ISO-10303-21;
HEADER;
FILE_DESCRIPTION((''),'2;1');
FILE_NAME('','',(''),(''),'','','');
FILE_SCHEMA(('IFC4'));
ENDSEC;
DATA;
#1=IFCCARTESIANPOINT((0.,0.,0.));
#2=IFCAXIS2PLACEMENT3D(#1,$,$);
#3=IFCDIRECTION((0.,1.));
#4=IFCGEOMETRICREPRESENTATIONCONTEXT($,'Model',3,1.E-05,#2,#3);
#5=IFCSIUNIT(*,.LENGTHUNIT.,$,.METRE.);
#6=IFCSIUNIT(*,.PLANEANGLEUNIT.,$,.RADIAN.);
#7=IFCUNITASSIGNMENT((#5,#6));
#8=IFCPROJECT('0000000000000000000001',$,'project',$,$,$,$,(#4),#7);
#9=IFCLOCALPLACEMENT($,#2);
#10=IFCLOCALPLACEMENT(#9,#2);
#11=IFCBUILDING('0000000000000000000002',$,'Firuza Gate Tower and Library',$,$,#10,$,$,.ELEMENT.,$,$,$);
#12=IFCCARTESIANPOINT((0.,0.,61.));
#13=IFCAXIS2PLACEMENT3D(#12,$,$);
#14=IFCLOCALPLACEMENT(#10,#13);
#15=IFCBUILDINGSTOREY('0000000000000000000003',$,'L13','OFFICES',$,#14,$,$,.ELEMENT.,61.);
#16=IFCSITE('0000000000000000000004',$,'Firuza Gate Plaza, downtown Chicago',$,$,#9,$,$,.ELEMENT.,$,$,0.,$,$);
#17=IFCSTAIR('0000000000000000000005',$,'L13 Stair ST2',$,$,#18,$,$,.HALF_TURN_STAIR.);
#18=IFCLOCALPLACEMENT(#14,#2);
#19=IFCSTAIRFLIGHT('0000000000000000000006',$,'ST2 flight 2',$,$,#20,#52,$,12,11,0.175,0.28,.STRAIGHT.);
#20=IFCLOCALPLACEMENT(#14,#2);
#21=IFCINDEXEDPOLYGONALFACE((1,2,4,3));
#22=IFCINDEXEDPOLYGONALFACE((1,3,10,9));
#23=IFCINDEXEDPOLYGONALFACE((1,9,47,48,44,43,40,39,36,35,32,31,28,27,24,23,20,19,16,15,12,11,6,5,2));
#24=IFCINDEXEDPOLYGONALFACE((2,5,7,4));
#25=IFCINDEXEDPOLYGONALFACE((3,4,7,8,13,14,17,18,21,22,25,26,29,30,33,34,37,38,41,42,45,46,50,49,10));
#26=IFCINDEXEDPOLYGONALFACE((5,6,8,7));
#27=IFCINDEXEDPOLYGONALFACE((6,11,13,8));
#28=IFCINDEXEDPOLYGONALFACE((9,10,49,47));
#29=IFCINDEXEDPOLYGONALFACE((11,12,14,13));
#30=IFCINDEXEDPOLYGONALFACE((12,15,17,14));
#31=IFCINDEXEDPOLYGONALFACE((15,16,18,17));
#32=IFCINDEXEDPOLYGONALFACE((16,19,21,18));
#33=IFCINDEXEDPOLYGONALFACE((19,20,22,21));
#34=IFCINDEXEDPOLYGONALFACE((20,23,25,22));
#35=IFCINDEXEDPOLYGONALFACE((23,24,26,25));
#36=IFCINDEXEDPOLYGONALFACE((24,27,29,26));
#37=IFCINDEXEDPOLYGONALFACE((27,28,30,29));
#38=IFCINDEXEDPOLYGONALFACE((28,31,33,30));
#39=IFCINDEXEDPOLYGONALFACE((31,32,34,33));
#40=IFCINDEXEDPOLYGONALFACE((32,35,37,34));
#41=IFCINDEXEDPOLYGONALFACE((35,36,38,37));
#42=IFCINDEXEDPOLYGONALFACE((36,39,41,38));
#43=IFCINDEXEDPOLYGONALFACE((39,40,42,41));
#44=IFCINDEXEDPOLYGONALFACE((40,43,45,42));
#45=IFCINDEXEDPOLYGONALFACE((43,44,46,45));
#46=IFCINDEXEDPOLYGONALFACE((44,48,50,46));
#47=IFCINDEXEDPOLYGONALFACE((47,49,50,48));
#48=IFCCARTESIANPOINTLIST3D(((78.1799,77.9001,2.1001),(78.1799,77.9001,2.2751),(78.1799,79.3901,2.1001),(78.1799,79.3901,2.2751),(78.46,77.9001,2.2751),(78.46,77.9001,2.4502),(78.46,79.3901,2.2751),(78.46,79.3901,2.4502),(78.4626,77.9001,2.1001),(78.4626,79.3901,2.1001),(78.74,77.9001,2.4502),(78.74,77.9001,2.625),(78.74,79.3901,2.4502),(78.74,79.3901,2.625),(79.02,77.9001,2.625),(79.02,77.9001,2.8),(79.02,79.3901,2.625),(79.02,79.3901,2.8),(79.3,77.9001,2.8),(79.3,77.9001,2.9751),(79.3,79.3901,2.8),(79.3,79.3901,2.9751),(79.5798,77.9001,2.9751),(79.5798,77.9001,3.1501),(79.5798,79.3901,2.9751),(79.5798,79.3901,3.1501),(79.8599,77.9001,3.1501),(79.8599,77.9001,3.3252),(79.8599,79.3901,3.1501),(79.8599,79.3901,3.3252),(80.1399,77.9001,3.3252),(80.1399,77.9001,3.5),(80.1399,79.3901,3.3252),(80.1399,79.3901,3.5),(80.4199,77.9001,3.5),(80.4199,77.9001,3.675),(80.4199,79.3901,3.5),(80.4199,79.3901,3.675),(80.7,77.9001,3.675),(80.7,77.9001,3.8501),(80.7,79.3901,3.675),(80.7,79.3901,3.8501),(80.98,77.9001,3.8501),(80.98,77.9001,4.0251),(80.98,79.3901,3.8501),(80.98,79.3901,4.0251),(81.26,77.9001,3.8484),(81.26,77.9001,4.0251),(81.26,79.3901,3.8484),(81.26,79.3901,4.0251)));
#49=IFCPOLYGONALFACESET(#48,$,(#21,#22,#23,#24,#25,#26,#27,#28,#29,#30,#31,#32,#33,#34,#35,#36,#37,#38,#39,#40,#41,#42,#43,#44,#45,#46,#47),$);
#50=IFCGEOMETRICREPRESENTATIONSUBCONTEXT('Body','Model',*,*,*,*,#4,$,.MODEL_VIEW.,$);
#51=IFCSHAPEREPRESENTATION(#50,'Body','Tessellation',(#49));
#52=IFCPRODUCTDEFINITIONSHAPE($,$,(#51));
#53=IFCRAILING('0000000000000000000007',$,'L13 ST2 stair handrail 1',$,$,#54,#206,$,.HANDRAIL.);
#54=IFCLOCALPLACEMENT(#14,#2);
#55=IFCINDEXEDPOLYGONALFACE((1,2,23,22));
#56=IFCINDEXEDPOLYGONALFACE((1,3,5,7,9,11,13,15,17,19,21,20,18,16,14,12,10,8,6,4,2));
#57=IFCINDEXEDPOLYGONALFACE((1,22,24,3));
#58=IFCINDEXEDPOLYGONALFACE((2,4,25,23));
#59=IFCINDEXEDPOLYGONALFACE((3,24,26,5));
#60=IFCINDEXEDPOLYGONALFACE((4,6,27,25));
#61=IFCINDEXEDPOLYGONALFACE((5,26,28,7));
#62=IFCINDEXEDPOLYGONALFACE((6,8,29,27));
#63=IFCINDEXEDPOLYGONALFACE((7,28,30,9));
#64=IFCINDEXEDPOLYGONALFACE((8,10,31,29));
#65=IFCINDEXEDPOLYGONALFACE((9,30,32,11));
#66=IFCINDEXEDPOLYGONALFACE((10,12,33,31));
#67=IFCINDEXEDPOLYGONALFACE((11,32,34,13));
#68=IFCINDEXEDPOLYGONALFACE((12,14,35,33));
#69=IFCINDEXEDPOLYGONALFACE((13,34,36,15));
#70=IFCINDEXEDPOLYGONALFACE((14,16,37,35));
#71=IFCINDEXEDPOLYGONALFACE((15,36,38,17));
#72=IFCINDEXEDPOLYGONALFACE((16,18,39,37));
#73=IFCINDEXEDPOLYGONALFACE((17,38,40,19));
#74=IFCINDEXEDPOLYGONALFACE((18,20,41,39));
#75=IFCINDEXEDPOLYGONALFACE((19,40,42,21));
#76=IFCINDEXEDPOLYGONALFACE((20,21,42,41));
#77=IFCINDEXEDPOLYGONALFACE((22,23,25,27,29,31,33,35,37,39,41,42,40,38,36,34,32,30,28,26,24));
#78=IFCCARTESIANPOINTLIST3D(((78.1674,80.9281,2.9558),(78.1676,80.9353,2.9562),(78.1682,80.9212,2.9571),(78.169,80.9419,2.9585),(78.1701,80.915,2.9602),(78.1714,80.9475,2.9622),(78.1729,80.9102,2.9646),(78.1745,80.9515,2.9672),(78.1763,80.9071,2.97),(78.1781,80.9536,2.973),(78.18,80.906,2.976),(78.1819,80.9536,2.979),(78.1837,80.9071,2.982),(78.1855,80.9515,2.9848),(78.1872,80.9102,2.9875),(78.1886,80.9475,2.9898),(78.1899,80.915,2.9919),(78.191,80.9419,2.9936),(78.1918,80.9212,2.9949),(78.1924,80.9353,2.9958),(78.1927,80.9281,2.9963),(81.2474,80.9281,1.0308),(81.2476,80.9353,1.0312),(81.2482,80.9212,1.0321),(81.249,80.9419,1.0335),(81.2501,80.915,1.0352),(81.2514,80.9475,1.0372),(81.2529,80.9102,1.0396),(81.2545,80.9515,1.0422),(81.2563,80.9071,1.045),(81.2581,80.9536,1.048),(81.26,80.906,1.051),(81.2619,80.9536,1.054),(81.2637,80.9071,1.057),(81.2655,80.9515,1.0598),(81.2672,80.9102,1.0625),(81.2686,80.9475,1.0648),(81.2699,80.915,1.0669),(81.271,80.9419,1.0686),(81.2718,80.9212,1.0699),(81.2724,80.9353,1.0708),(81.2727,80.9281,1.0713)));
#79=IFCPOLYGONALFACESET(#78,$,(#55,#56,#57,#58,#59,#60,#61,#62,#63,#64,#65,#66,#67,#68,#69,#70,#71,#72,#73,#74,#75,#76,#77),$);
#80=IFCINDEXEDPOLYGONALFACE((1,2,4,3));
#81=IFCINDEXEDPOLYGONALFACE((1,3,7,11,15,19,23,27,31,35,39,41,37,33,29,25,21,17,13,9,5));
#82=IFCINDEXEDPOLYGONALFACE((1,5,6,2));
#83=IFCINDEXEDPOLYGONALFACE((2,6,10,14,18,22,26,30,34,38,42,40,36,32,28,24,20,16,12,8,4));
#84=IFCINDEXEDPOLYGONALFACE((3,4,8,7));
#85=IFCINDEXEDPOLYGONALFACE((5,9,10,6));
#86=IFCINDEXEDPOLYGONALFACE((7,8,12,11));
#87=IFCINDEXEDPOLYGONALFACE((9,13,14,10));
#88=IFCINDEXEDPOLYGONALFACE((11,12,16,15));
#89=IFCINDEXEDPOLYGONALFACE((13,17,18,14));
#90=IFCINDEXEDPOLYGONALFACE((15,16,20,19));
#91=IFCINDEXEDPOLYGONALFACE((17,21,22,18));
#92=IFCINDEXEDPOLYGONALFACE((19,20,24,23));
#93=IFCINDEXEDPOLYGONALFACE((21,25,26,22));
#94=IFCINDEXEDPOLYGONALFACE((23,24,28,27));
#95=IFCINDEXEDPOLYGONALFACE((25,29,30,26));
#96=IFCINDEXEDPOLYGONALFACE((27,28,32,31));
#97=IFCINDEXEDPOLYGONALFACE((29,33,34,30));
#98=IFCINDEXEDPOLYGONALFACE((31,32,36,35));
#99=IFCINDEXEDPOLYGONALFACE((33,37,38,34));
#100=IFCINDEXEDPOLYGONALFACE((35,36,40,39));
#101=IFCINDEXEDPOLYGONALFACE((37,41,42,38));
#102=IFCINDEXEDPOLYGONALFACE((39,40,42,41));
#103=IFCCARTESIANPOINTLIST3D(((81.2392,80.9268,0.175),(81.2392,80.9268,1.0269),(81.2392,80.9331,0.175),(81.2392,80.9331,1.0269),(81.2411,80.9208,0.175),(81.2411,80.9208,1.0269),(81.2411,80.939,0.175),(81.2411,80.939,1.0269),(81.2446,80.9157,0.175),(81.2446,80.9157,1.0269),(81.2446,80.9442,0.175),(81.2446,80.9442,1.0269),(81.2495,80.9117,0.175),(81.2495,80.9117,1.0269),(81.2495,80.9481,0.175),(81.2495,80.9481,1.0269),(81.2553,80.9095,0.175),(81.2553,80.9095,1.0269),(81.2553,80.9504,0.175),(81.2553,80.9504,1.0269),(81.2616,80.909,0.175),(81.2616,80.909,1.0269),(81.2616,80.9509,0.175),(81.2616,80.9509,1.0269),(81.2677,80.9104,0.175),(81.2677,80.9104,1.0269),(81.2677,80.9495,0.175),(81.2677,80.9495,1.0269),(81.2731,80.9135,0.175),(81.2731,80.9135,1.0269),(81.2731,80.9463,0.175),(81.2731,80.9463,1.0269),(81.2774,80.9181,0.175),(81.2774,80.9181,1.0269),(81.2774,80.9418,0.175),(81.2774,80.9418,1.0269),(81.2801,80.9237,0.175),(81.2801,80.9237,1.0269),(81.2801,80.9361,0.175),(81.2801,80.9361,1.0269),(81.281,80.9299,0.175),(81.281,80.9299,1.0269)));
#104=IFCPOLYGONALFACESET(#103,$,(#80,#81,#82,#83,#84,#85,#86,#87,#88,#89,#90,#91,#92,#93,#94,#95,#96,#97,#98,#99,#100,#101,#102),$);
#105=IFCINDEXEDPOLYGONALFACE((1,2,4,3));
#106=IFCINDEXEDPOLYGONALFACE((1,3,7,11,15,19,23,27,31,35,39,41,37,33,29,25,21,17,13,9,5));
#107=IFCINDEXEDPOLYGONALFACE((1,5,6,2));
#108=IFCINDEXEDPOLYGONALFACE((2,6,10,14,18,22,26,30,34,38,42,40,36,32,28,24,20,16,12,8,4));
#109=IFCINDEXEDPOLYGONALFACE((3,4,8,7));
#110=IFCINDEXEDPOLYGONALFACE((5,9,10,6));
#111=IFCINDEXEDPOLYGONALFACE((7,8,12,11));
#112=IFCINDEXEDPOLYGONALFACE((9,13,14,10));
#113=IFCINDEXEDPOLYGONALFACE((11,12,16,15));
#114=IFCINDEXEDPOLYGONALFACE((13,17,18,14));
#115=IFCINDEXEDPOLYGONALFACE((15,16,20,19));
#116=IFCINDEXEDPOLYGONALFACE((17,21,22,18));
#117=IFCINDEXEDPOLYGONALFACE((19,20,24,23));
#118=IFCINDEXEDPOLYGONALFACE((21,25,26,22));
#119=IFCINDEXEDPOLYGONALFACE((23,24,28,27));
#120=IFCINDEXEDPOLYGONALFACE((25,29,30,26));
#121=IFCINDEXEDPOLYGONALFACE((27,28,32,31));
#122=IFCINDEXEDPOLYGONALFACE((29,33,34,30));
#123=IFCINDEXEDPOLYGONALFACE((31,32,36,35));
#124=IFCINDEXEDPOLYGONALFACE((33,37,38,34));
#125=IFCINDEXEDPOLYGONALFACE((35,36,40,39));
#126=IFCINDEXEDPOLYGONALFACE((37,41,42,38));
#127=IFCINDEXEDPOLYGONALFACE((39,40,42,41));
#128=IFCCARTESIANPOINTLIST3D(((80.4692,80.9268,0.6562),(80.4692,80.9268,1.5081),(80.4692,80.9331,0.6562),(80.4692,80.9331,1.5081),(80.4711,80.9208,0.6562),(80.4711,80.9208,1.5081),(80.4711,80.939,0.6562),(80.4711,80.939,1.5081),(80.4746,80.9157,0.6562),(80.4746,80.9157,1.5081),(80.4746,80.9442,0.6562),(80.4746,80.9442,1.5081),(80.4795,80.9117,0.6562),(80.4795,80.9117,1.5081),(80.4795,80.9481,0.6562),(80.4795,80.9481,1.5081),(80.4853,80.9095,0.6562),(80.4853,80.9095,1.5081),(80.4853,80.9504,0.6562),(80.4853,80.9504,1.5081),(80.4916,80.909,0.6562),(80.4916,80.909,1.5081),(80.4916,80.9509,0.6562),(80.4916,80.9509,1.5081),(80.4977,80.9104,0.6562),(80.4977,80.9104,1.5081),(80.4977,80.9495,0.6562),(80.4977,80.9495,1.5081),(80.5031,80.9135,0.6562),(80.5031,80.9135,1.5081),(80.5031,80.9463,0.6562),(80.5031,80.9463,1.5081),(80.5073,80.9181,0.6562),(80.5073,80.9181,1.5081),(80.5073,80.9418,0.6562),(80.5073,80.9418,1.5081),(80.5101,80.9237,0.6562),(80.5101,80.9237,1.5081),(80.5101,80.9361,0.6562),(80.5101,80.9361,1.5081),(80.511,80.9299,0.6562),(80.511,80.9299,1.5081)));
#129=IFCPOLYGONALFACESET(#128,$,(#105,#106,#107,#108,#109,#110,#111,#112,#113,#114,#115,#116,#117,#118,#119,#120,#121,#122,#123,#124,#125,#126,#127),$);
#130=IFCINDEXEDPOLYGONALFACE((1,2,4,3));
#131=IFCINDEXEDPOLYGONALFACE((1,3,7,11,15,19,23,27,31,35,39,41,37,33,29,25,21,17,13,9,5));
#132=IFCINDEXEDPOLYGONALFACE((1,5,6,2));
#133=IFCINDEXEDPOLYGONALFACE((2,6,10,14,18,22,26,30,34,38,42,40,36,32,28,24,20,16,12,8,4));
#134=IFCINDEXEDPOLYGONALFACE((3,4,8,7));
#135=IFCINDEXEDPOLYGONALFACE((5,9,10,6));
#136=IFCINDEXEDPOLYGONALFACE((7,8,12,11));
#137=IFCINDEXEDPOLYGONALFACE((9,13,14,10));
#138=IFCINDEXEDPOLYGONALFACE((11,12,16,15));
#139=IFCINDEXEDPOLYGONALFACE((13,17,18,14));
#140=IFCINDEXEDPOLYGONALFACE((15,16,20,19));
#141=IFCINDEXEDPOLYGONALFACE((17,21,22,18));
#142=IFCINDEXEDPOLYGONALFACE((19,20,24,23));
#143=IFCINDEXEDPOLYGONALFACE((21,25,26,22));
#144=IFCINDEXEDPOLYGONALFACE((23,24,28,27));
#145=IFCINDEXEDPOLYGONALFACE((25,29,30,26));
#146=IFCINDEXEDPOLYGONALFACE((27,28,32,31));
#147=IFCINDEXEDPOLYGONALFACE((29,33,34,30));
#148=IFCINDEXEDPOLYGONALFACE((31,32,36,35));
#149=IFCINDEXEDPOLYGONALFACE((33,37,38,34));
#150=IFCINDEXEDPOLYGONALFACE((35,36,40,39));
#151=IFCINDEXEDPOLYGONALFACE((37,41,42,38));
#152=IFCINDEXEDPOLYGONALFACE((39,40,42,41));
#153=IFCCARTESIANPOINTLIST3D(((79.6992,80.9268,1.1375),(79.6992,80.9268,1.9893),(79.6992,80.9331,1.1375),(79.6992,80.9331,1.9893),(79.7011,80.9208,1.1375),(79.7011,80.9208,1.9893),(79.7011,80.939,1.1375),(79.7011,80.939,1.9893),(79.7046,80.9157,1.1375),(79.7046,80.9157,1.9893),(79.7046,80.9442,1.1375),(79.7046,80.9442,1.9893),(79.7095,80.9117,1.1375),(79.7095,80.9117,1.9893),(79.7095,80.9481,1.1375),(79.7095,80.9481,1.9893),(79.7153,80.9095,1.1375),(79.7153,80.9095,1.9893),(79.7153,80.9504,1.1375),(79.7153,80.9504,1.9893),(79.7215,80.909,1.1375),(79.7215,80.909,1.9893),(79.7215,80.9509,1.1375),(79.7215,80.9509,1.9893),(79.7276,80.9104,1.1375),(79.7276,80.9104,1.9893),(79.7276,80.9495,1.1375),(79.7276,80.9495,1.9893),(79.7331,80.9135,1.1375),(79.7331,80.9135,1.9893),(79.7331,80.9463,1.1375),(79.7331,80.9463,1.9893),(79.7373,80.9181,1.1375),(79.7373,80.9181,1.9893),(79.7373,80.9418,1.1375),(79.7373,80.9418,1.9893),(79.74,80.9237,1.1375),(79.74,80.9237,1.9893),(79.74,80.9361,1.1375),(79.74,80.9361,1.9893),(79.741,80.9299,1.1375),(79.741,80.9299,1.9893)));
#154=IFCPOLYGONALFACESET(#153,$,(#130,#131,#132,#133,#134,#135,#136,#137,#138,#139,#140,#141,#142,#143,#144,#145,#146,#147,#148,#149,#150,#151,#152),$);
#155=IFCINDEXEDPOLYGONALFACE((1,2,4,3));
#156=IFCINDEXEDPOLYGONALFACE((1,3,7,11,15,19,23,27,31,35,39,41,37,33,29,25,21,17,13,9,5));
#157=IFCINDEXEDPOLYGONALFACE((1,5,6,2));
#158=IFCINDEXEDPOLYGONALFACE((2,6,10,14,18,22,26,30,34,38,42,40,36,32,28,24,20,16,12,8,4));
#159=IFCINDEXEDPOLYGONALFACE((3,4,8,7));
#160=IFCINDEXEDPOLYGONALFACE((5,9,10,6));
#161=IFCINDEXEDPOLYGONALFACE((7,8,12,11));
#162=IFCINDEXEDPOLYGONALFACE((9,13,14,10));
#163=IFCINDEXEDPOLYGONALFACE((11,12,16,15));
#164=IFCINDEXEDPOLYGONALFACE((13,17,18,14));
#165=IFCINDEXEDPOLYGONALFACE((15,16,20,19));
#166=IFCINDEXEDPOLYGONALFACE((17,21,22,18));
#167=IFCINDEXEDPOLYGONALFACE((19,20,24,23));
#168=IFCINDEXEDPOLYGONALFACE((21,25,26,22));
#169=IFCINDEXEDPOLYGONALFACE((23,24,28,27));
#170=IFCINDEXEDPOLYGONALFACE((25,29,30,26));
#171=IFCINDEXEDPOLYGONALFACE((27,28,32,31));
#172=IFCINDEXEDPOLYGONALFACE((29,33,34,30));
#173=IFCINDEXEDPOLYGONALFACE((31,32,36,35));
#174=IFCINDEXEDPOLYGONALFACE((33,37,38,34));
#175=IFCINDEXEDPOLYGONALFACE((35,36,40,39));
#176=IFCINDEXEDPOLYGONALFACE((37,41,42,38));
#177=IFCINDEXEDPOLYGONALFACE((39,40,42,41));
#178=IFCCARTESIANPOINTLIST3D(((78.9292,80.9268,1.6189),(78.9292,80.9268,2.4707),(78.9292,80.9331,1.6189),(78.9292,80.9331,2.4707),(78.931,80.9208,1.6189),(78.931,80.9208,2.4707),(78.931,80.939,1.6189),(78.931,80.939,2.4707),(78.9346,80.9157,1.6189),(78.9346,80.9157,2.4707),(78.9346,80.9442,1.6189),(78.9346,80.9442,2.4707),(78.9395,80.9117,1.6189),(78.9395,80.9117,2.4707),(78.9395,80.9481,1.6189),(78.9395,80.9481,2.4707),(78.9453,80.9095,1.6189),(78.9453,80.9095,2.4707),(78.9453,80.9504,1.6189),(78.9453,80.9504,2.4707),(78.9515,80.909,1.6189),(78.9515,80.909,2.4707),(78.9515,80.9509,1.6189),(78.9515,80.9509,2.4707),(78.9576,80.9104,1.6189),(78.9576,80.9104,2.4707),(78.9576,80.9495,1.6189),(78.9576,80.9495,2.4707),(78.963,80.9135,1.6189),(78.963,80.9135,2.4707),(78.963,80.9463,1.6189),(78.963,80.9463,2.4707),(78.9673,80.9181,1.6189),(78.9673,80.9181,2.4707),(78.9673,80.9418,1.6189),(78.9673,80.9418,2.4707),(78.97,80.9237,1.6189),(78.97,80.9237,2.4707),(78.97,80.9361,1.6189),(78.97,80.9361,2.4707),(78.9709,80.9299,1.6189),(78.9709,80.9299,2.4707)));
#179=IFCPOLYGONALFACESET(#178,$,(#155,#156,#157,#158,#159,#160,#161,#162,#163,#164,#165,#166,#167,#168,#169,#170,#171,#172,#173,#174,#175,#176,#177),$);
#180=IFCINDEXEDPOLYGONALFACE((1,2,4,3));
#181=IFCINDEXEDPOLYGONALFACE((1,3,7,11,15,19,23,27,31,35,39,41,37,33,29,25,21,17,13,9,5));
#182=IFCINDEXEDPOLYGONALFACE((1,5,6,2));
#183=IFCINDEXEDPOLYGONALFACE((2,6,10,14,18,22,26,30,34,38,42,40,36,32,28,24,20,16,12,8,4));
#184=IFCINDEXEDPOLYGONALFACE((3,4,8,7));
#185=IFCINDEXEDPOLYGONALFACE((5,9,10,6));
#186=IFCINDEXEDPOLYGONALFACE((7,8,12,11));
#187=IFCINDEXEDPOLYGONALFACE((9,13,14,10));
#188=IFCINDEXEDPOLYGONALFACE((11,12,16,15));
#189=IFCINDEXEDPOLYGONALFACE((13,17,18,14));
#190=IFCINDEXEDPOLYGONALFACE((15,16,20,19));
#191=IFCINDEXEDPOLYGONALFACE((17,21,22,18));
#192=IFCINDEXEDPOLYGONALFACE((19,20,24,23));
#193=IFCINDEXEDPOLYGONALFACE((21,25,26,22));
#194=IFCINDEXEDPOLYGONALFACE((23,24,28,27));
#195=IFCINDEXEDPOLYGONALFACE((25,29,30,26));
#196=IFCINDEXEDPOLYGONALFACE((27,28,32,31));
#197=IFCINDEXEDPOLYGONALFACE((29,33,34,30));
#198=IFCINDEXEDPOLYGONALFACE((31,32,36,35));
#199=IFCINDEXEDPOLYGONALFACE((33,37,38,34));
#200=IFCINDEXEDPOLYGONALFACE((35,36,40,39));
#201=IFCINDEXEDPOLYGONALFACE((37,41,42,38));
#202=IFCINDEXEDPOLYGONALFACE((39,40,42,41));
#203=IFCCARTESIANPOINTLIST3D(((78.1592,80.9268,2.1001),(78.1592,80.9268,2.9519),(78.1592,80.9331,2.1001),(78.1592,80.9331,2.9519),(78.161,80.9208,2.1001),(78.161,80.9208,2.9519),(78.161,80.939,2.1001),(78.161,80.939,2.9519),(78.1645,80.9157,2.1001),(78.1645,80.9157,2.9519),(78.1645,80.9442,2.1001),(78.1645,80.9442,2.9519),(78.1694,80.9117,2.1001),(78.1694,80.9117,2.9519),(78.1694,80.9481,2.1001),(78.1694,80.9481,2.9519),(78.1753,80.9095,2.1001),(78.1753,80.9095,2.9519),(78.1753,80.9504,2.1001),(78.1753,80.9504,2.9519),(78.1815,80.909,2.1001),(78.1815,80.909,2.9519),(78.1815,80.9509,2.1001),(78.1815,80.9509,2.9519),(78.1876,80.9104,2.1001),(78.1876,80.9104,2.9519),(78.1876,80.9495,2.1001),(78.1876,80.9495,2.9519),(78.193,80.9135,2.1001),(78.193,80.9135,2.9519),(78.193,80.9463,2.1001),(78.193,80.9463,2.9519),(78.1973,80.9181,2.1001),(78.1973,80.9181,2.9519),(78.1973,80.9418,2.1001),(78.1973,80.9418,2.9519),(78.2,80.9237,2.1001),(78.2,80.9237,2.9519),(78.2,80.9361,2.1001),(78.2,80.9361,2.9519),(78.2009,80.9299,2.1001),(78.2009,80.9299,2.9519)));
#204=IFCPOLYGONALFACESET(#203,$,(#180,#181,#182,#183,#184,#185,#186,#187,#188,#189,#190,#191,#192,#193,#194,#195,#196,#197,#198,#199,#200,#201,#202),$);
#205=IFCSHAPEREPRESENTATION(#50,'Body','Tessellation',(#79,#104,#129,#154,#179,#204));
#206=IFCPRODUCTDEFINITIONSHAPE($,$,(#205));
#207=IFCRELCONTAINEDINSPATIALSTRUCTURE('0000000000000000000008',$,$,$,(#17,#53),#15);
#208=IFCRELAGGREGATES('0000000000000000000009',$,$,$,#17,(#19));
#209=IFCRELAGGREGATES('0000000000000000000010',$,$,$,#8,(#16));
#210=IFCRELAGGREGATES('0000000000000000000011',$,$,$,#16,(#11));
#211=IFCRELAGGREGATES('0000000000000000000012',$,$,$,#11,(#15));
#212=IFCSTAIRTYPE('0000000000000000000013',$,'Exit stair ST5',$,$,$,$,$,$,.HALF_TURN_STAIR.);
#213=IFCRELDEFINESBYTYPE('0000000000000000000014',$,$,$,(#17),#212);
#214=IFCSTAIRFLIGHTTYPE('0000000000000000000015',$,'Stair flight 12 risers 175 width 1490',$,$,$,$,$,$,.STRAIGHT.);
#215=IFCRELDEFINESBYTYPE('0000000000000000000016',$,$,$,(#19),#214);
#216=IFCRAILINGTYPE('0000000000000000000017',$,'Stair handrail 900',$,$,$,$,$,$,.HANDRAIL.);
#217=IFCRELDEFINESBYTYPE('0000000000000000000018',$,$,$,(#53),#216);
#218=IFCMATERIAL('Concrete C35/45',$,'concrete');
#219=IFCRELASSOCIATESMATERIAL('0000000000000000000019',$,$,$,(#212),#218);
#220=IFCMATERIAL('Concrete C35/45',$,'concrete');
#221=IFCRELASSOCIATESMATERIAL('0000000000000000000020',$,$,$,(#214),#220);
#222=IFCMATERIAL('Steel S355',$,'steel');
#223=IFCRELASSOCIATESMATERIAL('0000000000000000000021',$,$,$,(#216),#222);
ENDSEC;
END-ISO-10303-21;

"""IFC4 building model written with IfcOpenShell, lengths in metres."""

from ifc_helpers import new_model, si_unit, direction, frame, origin, origin_2d, place, context, subcontext, project, spatial, polyline, circle, outline, extrude, material, type_object, element, aggregate, save


model = new_model("IFC4")

# Units and contexts
model_context = context("Model", 3, precision=1e-05, world=origin(), true_north=direction((0.0, 1.0)))
body_context = subcontext(model_context, "Body", "Model", "MODEL_VIEW")
ifc_project = project(units=[si_unit("LENGTHUNIT", "METRE"), si_unit("PLANEANGLEUNIT", "RADIAN")], contexts=[model_context])

# Site, building, storey
site_placement = place(None, origin())
site = spatial("IfcSite", under=ifc_project, at=site_placement, Name="Firuza Gate Plaza, downtown Chicago", CompositionType="ELEMENT", RefElevation=0.0)
building_placement = place(site_placement, origin())
building = spatial("IfcBuilding", under=site, at=building_placement, Name="Firuza Gate Tower and Library", CompositionType="ELEMENT")
storey_placement = place(building_placement, frame((0.0, 0.0, 61.0)))
storey = spatial("IfcBuildingStorey", under=building, at=storey_placement, Name="L13", Description="OFFICES", CompositionType="ELEMENT", Elevation=61.0)

# Shared definitions
placement = place(storey_placement, origin())

# Stair, stair flight
ifc_material_1 = material(Name="Concrete C35/45", Category="concrete")
stair_type_1 = type_object("IfcStairType", Name="Exit stair ST5", PredefinedType="HALF_TURN_STAIR", material=ifc_material_1)
stair_1 = element("IfcStair", 1, at=placement, inside=storey, type_object=stair_type_1, Name="L13 Stair ST2", PredefinedType="HALF_TURN_STAIR")
ifc_material_2 = material(Name="Concrete C35/45", Category="concrete")
stair_flight_type_1 = type_object("IfcStairFlightType", Name="Stair flight 12 risers 175 width 1490", PredefinedType="STRAIGHT", material=ifc_material_2)
stair_flight_1_placement = place(storey_placement, frame((78.1799, 78.645, 2.1001), z_axis=(0.0, 0.0, 1.0), x_axis=(1.0, 0.0, 0.0)))
stair_flight_1 = element("IfcStairFlight", 2, at=stair_flight_1_placement, type_object=stair_flight_type_1, Name="ST2 flight 2", NumberOfRisers=12, NumberOfTreads=11, PredefinedType="STRAIGHT", RiserHeight=0.175, TreadLength=0.28, context=body_context, shape_type="SweptSolid", body=[
    extrude(outline(polyline([(0.0, 0.0), (0.0, 0.175), (0.28, 0.175), (0.28, 0.3501), (0.5601, 0.3501), (0.5601, 0.5249), (0.8401, 0.5249), (0.8401, 0.7), (1.1201, 0.7), (1.1201, 0.875), (1.3999, 0.875), (1.3999, 1.05), (1.6799, 1.05), (1.6799, 1.2251), (1.96, 1.2251), (1.96, 1.3999), (2.24, 1.3999), (2.24, 1.575), (2.52, 1.575), (2.52, 1.75), (2.8, 1.75), (2.8, 1.925), (3.0801, 1.925), (3.0801, 2.1001), (3.0801, 1.7483), (0.2827, 0.0), (0.0, 0.0)])), frame((0.0, 0.7451, 0.0), z_axis=(0.0, -1.0, 0.0), x_axis=(1.0, 0.0, 0.0)), (0.0, 0.0, 1.0), 1.49),
])
aggregate(stair_1, [stair_flight_1])

# Railing
ifc_material_3 = material(Name="Steel S355", Category="steel")
railing_type_1 = type_object("IfcRailingType", Name="Stair handrail 900", PredefinedType="HANDRAIL", material=ifc_material_3)
railing_1_placement = place(storey_placement, frame((81.26, 80.9299, 0.175)))
element("IfcRailing", 3, at=railing_1_placement, inside=storey, type_object=railing_type_1, Name="L13 ST2 stair handrail 1", PredefinedType="HANDRAIL", context=body_context, shape_type="SweptSolid", body=[
    extrude(circle(Radius=0.0239, at=origin_2d()), frame((0.0, 0.0, 0.876), z_axis=(-0.847998, 0.0, 0.529999), x_axis=(0.0, -1.0, 0.0)), (0.0, 0.0, 1.0), 3.6321),
    extrude(circle(Radius=0.021, at=origin_2d()), origin(), (0.0, 0.0, 1.0), 0.8518),
    extrude(circle(Radius=0.021, at=origin_2d()), frame((-0.77, 0.0, 0.4812)), (0.0, 0.0, 1.0), 0.8518),
    extrude(circle(Radius=0.021, at=origin_2d()), frame((-1.54, 0.0, 0.9624)), (0.0, 0.0, 1.0), 0.8518),
    extrude(circle(Radius=0.021, at=origin_2d()), frame((-2.3101, 0.0, 1.4438)), (0.0, 0.0, 1.0), 0.8518),
    extrude(circle(Radius=0.021, at=origin_2d()), frame((-3.0801, 0.0, 1.925)), (0.0, 0.0, 1.0), 0.8518),
])

save(model, "model.ifc")
